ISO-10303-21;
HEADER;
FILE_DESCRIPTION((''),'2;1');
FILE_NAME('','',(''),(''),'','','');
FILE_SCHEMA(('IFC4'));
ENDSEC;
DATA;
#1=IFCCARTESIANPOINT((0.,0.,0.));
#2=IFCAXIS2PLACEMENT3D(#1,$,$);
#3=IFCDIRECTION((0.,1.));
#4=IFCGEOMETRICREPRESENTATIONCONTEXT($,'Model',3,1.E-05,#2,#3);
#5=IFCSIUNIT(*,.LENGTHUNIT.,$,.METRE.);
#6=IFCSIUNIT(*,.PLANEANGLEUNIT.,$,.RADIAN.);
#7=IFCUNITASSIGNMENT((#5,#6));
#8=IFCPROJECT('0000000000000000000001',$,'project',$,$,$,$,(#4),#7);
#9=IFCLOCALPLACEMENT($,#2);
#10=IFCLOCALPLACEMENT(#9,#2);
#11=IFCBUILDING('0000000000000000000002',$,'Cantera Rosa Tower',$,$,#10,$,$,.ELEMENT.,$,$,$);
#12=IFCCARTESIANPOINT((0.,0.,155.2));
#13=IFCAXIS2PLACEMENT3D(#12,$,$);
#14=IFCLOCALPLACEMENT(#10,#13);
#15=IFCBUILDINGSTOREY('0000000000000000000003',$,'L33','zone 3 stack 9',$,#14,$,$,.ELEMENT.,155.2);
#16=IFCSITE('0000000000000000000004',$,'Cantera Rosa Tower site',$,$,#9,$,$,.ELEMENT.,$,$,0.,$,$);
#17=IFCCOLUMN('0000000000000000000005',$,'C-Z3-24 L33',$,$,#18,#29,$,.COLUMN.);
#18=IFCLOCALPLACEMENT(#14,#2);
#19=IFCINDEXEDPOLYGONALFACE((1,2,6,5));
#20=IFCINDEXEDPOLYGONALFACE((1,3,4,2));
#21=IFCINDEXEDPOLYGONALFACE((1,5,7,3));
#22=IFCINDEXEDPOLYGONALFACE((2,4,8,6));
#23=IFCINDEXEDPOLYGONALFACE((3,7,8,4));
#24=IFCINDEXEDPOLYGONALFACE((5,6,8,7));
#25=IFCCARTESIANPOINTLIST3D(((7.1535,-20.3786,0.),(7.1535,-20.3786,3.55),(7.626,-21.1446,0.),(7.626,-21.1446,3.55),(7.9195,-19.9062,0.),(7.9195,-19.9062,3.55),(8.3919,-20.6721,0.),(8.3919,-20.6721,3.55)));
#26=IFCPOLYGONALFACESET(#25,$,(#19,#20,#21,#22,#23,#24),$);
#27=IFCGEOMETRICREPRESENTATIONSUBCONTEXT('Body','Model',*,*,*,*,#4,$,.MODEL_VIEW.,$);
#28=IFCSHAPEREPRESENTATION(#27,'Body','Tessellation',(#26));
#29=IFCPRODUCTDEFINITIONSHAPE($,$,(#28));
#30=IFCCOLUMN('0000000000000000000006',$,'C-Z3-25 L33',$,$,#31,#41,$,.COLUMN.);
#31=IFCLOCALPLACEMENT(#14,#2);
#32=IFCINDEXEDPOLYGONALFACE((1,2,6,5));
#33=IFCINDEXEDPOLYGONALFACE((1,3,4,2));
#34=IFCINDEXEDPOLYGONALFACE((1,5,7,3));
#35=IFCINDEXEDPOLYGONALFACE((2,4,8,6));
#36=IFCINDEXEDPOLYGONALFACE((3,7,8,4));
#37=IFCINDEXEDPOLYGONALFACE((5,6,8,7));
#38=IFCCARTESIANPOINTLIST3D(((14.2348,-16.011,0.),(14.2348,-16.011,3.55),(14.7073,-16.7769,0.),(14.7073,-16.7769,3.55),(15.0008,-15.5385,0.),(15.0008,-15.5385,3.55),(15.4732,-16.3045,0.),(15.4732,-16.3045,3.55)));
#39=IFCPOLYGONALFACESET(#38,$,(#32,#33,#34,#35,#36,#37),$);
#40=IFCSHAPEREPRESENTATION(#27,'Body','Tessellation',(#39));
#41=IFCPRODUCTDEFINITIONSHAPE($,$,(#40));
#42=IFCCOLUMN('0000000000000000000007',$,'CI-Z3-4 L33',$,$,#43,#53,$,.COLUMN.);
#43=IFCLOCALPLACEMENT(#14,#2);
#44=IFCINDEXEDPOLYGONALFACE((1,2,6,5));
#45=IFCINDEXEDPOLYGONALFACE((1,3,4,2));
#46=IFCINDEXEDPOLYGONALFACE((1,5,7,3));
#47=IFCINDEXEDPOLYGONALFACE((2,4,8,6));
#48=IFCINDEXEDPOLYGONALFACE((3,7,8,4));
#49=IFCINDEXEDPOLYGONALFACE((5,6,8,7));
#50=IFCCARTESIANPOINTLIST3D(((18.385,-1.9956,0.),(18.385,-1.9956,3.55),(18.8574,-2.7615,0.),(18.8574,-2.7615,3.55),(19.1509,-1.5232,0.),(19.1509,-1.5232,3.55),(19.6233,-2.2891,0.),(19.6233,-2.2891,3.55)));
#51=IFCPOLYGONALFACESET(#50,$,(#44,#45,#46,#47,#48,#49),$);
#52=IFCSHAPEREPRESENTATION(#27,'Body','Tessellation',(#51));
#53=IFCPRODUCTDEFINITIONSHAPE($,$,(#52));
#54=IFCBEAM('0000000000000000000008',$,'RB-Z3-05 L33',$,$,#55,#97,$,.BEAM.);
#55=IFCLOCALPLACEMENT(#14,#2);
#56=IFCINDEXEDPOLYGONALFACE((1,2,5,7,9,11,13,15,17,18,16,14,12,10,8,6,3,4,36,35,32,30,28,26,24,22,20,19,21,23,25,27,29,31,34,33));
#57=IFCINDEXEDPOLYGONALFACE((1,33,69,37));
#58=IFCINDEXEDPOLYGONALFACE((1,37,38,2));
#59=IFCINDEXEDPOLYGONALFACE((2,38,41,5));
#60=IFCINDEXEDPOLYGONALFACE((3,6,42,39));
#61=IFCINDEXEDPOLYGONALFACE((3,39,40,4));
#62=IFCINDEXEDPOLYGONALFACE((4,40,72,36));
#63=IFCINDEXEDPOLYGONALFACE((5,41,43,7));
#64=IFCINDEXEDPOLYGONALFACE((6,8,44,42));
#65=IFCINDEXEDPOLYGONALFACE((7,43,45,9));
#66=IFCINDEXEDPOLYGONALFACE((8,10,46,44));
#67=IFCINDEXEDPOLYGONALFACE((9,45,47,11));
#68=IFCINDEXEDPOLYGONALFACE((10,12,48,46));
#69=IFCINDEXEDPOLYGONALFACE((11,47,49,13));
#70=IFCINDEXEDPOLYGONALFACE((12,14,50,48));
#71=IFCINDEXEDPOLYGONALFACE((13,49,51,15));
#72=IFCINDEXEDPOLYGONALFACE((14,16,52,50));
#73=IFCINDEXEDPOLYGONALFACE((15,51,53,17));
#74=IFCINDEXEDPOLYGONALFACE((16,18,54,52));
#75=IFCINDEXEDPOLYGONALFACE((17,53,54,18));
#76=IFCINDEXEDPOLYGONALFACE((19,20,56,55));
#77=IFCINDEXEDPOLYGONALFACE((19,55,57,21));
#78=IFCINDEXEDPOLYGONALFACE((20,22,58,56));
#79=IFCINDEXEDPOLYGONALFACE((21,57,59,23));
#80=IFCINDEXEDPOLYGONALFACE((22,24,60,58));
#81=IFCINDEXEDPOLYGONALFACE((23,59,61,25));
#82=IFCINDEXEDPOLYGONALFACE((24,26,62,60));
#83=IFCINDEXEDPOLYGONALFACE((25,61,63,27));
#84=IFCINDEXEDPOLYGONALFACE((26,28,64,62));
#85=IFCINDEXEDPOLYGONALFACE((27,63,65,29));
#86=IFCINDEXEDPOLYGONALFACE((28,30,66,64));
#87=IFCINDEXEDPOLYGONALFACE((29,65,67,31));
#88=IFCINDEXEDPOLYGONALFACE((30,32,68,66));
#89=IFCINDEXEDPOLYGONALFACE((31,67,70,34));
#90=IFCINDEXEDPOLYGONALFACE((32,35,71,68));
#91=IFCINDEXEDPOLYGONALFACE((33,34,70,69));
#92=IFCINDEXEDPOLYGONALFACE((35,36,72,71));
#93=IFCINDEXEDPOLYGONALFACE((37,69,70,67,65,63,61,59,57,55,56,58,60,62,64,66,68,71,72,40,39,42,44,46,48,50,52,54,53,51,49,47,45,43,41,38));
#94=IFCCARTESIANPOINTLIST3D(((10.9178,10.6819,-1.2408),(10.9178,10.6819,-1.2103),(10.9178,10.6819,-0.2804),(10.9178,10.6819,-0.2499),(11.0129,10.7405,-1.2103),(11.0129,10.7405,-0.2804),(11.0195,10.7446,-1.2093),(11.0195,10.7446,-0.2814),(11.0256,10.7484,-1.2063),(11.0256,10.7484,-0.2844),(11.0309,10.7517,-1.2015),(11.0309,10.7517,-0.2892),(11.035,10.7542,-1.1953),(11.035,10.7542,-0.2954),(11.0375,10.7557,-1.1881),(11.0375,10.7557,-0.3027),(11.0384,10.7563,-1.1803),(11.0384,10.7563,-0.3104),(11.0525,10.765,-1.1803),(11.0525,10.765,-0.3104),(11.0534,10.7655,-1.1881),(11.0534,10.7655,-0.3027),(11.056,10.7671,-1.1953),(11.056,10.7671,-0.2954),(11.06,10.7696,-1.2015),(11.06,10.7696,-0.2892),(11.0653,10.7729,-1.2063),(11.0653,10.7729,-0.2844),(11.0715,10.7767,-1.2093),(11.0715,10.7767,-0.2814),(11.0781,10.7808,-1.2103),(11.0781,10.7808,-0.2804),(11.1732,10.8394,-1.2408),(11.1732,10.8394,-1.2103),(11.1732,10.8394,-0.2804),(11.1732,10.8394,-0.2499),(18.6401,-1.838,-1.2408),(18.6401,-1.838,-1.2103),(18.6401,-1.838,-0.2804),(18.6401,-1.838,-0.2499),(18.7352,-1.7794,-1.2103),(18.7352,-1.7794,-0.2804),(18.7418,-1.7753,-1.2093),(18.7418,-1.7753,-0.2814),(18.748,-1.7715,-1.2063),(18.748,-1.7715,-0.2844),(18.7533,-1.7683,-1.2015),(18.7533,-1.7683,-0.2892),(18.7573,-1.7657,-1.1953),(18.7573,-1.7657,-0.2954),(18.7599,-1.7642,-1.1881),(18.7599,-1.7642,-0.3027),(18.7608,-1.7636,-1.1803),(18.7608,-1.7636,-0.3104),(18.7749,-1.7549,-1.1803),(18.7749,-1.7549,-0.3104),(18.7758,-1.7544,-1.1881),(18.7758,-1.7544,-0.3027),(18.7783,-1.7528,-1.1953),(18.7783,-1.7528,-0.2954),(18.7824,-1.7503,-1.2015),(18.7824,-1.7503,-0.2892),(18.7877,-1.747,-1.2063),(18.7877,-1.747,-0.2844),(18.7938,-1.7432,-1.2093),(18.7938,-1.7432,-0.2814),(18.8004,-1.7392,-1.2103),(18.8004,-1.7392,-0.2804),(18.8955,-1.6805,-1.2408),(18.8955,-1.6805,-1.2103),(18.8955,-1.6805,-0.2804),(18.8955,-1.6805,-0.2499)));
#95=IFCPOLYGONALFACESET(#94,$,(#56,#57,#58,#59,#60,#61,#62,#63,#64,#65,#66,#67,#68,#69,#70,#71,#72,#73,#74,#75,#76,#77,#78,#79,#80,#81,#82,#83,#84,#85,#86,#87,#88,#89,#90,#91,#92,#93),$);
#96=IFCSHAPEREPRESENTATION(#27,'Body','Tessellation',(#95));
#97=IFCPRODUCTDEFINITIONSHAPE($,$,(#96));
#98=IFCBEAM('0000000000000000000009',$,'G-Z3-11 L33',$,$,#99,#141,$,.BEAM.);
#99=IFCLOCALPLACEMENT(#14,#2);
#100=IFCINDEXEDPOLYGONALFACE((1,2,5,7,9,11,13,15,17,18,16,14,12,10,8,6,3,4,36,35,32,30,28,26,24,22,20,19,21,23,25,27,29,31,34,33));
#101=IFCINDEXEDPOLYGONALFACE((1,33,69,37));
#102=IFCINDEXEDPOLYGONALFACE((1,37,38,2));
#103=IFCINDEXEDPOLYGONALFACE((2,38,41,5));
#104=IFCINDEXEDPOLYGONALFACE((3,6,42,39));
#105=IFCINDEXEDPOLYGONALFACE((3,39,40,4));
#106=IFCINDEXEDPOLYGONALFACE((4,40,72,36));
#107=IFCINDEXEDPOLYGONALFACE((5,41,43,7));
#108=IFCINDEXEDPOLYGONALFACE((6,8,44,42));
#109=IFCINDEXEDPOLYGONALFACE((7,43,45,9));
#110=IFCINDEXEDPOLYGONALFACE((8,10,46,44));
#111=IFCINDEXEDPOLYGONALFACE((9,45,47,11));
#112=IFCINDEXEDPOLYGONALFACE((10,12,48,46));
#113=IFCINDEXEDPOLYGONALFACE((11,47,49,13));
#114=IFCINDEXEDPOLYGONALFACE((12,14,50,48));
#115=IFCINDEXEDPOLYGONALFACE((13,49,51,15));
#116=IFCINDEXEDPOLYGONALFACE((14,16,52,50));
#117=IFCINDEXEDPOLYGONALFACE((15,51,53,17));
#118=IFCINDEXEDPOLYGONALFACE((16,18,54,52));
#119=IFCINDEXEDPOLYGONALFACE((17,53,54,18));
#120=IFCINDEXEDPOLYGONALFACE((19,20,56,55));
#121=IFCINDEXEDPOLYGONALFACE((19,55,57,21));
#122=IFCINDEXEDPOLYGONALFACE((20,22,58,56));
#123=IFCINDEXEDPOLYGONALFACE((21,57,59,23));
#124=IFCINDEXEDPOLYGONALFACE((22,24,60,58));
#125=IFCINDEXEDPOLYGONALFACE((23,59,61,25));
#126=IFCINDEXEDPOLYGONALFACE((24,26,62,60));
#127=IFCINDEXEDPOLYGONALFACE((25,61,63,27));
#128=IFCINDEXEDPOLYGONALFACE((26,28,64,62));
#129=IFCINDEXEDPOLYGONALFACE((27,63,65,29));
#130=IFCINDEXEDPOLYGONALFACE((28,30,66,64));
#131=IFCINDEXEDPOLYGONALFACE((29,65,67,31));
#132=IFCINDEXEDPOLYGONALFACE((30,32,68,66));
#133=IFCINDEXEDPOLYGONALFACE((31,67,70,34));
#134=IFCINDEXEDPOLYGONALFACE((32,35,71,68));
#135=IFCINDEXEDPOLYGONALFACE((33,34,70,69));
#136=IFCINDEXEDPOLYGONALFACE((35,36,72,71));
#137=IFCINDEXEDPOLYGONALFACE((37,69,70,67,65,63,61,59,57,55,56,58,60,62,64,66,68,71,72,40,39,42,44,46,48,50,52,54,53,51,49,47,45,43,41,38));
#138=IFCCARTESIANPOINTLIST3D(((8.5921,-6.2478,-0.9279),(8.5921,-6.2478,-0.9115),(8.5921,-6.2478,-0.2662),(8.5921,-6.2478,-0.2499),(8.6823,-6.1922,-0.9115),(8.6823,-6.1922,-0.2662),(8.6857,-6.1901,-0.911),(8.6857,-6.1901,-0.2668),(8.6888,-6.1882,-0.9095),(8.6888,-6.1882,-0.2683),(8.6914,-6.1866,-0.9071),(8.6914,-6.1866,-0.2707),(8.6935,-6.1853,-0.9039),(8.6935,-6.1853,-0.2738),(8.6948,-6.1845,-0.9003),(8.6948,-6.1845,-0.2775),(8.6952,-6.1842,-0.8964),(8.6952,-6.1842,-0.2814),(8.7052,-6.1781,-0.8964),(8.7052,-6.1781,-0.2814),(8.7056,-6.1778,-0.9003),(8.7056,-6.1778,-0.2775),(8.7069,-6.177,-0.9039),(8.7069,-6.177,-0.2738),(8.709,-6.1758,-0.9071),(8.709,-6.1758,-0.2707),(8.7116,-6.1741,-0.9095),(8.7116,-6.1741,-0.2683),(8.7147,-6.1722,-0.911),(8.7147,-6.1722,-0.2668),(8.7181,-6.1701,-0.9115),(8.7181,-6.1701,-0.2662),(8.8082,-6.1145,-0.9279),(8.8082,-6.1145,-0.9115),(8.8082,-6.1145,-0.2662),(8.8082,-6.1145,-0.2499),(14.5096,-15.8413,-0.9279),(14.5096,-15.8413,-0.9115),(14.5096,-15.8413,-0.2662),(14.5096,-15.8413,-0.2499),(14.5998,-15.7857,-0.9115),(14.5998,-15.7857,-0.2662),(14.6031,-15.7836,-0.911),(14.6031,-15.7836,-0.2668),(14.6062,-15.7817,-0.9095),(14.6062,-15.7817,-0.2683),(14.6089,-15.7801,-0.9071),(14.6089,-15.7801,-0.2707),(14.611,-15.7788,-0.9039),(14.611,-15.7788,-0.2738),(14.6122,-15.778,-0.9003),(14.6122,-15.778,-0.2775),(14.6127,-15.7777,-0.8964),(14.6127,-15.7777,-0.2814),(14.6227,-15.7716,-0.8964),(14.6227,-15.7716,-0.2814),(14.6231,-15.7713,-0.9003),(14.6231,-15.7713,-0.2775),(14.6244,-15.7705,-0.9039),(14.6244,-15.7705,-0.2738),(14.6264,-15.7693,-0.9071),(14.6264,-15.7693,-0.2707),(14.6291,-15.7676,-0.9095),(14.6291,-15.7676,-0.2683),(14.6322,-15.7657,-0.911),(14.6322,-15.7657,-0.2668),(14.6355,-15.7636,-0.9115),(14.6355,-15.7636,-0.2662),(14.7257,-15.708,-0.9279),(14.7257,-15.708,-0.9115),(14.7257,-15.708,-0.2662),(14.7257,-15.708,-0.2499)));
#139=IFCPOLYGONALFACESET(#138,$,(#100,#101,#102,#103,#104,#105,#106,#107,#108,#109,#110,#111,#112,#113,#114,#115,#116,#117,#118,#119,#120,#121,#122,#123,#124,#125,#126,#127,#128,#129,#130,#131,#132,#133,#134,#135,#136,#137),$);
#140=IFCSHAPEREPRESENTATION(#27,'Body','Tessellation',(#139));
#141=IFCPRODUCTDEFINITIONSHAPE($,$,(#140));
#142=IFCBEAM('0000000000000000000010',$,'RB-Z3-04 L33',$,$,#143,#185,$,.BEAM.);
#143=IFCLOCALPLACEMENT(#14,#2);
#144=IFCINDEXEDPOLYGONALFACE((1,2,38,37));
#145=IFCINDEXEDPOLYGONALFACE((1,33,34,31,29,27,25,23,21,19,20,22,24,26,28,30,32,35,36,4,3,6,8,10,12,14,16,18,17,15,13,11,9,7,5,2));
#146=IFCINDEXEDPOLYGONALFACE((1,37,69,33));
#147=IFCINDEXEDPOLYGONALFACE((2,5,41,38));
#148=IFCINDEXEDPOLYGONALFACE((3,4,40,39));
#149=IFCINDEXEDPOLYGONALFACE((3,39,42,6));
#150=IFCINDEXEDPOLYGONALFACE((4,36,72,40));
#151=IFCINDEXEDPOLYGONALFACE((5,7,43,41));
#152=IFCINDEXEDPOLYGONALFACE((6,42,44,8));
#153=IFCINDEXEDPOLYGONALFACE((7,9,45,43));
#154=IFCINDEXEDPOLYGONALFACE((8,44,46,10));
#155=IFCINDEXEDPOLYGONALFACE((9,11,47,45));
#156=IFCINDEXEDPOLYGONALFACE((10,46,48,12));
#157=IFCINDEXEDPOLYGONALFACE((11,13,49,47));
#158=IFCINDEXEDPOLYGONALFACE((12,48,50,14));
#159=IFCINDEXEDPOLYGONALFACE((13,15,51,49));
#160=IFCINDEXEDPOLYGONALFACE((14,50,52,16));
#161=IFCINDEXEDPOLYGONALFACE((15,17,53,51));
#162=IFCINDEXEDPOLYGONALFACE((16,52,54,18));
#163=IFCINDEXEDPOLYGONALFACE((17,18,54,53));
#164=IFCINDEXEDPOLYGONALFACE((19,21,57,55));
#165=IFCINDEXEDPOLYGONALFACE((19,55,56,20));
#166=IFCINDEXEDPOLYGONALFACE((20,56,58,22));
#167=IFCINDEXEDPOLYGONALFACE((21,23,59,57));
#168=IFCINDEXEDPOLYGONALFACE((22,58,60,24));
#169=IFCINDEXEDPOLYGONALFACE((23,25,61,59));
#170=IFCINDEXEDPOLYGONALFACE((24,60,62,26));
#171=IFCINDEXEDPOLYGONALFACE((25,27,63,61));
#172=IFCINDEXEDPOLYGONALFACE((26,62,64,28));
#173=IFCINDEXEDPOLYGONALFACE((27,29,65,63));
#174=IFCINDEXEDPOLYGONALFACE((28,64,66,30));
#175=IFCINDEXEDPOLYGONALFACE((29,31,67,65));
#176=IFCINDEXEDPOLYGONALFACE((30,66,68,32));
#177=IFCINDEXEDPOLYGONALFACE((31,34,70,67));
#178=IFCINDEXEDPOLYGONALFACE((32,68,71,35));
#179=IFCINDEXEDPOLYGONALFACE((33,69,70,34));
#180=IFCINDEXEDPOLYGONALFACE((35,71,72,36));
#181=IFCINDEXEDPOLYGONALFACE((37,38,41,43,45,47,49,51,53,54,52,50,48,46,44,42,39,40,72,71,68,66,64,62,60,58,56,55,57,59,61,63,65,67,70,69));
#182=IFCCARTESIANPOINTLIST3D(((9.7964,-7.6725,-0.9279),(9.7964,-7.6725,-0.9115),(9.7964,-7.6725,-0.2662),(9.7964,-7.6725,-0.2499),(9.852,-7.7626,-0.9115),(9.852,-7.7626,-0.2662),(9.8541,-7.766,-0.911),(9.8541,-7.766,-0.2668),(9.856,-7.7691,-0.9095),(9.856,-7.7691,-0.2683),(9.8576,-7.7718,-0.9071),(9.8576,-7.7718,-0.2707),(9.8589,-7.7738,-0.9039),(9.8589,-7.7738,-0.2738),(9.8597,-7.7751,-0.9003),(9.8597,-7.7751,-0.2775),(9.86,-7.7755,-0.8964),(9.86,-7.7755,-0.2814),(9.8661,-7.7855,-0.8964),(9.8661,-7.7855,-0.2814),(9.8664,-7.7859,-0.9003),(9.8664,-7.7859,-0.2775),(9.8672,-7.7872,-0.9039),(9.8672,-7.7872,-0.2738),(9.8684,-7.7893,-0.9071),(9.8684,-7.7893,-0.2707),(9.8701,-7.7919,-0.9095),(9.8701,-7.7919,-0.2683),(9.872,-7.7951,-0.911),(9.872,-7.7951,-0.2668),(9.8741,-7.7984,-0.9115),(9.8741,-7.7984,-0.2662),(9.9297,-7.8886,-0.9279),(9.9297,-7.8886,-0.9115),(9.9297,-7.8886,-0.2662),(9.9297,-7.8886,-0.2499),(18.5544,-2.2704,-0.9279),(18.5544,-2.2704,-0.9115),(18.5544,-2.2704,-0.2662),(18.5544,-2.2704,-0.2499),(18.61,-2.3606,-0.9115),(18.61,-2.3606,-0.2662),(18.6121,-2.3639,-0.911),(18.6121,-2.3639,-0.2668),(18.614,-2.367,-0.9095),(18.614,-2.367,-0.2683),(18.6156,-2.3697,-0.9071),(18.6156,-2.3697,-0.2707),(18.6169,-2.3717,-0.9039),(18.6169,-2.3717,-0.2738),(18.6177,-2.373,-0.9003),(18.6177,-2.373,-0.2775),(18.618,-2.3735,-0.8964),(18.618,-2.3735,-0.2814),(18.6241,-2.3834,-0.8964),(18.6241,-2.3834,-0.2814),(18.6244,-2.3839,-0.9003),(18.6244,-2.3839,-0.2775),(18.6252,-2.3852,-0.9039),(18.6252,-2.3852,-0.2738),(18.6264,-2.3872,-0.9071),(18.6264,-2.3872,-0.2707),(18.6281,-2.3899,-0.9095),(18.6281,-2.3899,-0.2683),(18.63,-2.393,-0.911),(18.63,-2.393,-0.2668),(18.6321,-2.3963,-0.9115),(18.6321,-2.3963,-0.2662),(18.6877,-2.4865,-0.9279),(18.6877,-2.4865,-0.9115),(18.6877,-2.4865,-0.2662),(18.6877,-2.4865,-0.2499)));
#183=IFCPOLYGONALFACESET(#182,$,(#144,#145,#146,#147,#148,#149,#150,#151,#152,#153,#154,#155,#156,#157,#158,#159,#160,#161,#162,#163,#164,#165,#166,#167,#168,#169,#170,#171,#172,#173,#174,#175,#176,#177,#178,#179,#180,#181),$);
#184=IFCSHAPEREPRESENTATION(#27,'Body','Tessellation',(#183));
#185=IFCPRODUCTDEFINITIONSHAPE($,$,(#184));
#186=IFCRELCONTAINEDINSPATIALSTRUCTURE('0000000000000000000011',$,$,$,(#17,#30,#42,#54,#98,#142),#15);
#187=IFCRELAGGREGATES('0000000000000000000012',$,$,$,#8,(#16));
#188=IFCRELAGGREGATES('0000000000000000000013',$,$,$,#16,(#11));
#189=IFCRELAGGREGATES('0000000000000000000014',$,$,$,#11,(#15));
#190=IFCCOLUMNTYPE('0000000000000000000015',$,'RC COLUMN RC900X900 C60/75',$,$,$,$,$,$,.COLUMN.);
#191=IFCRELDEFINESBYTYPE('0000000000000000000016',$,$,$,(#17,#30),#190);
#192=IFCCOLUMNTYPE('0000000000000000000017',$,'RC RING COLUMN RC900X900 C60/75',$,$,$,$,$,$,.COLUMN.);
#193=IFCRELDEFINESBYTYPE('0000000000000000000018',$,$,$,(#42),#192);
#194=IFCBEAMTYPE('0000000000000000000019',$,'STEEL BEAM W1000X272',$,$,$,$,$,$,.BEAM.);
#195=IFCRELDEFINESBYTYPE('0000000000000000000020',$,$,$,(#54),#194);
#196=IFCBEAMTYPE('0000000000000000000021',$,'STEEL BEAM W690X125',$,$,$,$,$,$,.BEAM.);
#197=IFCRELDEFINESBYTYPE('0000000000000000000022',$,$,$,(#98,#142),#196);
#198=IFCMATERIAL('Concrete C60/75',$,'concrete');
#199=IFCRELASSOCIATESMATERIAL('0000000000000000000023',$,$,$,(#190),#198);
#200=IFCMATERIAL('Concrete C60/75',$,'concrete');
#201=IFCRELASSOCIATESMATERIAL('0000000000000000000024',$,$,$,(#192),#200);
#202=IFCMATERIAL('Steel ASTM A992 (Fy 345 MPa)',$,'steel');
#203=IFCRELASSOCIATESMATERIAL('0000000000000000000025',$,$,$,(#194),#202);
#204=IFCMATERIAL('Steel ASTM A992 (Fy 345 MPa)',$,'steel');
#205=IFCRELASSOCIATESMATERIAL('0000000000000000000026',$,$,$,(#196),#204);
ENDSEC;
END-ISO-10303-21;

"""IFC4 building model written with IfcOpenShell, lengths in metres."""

from ifc_helpers import new_model, si_unit, direction, frame, origin, origin_2d, place, context, subcontext, project, spatial, rectangle, i_section, extrude, material, material_profile, profile_set, type_object, element, save


model = new_model("IFC4")

# Units and contexts
model_context = context("Model", 3, precision=1e-05, world=origin(), true_north=direction((0.0, 1.0)))
body_context = subcontext(model_context, "Body", "Model", "MODEL_VIEW")
ifc_project = project(units=[si_unit("LENGTHUNIT", "METRE"), si_unit("PLANEANGLEUNIT", "RADIAN")], contexts=[model_context])

# Site, building, storey
site_placement = place(None, origin())
site = spatial("IfcSite", under=ifc_project, at=site_placement, Name="Cantera Rosa Tower site", CompositionType="ELEMENT", RefElevation=0.0)
building_placement = place(site_placement, origin())
building = spatial("IfcBuilding", under=site, at=building_placement, Name="Cantera Rosa Tower", CompositionType="ELEMENT")
storey_placement = place(building_placement, frame((0.0, 0.0, 155.2)))
storey = spatial("IfcBuildingStorey", under=building, at=storey_placement, Name="L33", Description="zone 3 stack 9", CompositionType="ELEMENT", Elevation=155.2)

# Columns
ifc_material_1 = material(Name="Concrete C60/75", Category="concrete")
ifc_material_profile_1 = material_profile(ifc_material_1, rectangle(XDim=0.8999, YDim=0.8999, at=origin_2d()), Name="RC COLUMN RC900X900 C60/75")
ifc_profile_set_1 = profile_set([ifc_material_profile_1], Name="Concrete C60/75")
column_type_1 = type_object("IfcColumnType", Name="RC COLUMN RC900X900 C60/75", PredefinedType="COLUMN", material=ifc_profile_set_1)
for number, where, z_axis, x_axis, name in (
    (1, (7.7727, -20.5254, 0.0), (0.0, 0.0, 1.0), (0.851117, 0.524977, 0.0), "C-Z3-24 L33"),
    (2, (14.854, -16.1577, 0.0), (0.0, 0.0, 1.0), (0.851117, 0.524977, 0.0), "C-Z3-25 L33"),
):
    element("IfcColumn", number, at=place(storey_placement, frame(where, z_axis=z_axis, x_axis=x_axis)), inside=storey, type_object=column_type_1, Name=name, PredefinedType="COLUMN", context=body_context, shape_type="SweptSolid", body=[
        extrude(rectangle(XDim=0.8999, YDim=0.8999, at=origin_2d()), origin(), (0.0, 0.0, 1.0), 3.55),
    ])
ifc_material_2 = material(Name="Concrete C60/75", Category="concrete")
ifc_material_profile_2 = material_profile(ifc_material_2, rectangle(XDim=0.8999, YDim=0.8999, at=origin_2d()), Name="RC RING COLUMN RC900X900 C60/75")
ifc_profile_set_2 = profile_set([ifc_material_profile_2], Name="Concrete C60/75")
column_type_2 = type_object("IfcColumnType", Name="RC RING COLUMN RC900X900 C60/75", PredefinedType="COLUMN", material=ifc_profile_set_2)
column_placement = place(storey_placement, frame((19.0042, -2.1423, 0.0), z_axis=(0.0, 0.0, 1.0), x_axis=(0.851117, 0.524977, 0.0)))
element("IfcColumn", 3, at=column_placement, inside=storey, type_object=column_type_2, Name="CI-Z3-4 L33", PredefinedType="COLUMN", context=body_context, shape_type="SweptSolid", body=[
    extrude(rectangle(XDim=0.8999, YDim=0.8999, at=origin_2d()), origin(), (0.0, 0.0, 1.0), 3.55),
])

# Beams
ifc_material_3 = material(Name="Steel ASTM A992 (Fy 345 MPa)", Category="steel")
ifc_material_profile_3 = material_profile(ifc_material_3, i_section(OverallWidth=0.3, OverallDepth=0.991, WebThickness=0.0166, FlangeThickness=0.0305, FilletRadius=0.03, at=origin_2d()), Name="W1000X272")
ifc_profile_set_3 = profile_set([ifc_material_profile_3], Name="Steel ASTM A992 (Fy 345 MPa)")
beam_type_1 = type_object("IfcBeamType", Name="STEEL BEAM W1000X272", PredefinedType="BEAM", material=ifc_profile_set_3)
beam_1_placement = place(storey_placement, frame((18.7678, -1.7593, -0.7454), z_axis=(-0.524974, 0.851118, 0.0), x_axis=(-0.851118, -0.524974, 0.0)))
element("IfcBeam", 4, at=beam_1_placement, inside=storey, type_object=beam_type_1, Name="RB-Z3-05 L33", PredefinedType="BEAM", context=body_context, shape_type="SweptSolid", body=[
    extrude(i_section(OverallWidth=0.3, OverallDepth=0.991, WebThickness=0.0166, FlangeThickness=0.0305, FilletRadius=0.03, at=origin_2d()), origin(), (0.0, 0.0, 1.0), 14.71),
])
ifc_material_4 = material(Name="Steel ASTM A992 (Fy 345 MPa)", Category="steel")
ifc_material_profile_4 = material_profile(ifc_material_4, i_section(OverallWidth=0.2539, OverallDepth=0.678, WebThickness=0.0117, FlangeThickness=0.0164, FilletRadius=0.0151, at=origin_2d()), Name="W690X125")
ifc_profile_set_4 = profile_set([ifc_material_profile_4], Name="Steel ASTM A992 (Fy 345 MPa)")
beam_type_2 = type_object("IfcBeamType", Name="STEEL BEAM W690X125", PredefinedType="BEAM", material=ifc_profile_set_4)
beam_2_placement = place(storey_placement, frame((14.6177, -15.7747, -0.5889), z_axis=(-0.524984, 0.851112, 0.0), x_axis=(-0.851112, -0.524984, 0.0)))
element("IfcBeam", 5, at=beam_2_placement, inside=storey, type_object=beam_type_2, Name="G-Z3-11 L33", PredefinedType="BEAM", context=body_context, shape_type="SweptSolid", body=[
    extrude(i_section(OverallWidth=0.2539, OverallDepth=0.678, WebThickness=0.0117, FlangeThickness=0.0164, FilletRadius=0.0151, at=origin_2d()), origin(), (0.0, 0.0, 1.0), 11.2717),
])
beam_3_placement = place(storey_placement, frame((9.863, -7.7805, -0.5889), z_axis=(0.851115, 0.52498, 0.0), x_axis=(-0.52498, 0.851115, 0.0)))
element("IfcBeam", 6, at=beam_3_placement, inside=storey, type_object=beam_type_2, Name="RB-Z3-04 L33", PredefinedType="BEAM", context=body_context, shape_type="SweptSolid", body=[
    extrude(i_section(OverallWidth=0.2539, OverallDepth=0.678, WebThickness=0.0117, FlangeThickness=0.0164, FilletRadius=0.0151, at=origin_2d()), origin(), (0.0, 0.0, 1.0), 10.29),
])

save(model, "model.ifc")
